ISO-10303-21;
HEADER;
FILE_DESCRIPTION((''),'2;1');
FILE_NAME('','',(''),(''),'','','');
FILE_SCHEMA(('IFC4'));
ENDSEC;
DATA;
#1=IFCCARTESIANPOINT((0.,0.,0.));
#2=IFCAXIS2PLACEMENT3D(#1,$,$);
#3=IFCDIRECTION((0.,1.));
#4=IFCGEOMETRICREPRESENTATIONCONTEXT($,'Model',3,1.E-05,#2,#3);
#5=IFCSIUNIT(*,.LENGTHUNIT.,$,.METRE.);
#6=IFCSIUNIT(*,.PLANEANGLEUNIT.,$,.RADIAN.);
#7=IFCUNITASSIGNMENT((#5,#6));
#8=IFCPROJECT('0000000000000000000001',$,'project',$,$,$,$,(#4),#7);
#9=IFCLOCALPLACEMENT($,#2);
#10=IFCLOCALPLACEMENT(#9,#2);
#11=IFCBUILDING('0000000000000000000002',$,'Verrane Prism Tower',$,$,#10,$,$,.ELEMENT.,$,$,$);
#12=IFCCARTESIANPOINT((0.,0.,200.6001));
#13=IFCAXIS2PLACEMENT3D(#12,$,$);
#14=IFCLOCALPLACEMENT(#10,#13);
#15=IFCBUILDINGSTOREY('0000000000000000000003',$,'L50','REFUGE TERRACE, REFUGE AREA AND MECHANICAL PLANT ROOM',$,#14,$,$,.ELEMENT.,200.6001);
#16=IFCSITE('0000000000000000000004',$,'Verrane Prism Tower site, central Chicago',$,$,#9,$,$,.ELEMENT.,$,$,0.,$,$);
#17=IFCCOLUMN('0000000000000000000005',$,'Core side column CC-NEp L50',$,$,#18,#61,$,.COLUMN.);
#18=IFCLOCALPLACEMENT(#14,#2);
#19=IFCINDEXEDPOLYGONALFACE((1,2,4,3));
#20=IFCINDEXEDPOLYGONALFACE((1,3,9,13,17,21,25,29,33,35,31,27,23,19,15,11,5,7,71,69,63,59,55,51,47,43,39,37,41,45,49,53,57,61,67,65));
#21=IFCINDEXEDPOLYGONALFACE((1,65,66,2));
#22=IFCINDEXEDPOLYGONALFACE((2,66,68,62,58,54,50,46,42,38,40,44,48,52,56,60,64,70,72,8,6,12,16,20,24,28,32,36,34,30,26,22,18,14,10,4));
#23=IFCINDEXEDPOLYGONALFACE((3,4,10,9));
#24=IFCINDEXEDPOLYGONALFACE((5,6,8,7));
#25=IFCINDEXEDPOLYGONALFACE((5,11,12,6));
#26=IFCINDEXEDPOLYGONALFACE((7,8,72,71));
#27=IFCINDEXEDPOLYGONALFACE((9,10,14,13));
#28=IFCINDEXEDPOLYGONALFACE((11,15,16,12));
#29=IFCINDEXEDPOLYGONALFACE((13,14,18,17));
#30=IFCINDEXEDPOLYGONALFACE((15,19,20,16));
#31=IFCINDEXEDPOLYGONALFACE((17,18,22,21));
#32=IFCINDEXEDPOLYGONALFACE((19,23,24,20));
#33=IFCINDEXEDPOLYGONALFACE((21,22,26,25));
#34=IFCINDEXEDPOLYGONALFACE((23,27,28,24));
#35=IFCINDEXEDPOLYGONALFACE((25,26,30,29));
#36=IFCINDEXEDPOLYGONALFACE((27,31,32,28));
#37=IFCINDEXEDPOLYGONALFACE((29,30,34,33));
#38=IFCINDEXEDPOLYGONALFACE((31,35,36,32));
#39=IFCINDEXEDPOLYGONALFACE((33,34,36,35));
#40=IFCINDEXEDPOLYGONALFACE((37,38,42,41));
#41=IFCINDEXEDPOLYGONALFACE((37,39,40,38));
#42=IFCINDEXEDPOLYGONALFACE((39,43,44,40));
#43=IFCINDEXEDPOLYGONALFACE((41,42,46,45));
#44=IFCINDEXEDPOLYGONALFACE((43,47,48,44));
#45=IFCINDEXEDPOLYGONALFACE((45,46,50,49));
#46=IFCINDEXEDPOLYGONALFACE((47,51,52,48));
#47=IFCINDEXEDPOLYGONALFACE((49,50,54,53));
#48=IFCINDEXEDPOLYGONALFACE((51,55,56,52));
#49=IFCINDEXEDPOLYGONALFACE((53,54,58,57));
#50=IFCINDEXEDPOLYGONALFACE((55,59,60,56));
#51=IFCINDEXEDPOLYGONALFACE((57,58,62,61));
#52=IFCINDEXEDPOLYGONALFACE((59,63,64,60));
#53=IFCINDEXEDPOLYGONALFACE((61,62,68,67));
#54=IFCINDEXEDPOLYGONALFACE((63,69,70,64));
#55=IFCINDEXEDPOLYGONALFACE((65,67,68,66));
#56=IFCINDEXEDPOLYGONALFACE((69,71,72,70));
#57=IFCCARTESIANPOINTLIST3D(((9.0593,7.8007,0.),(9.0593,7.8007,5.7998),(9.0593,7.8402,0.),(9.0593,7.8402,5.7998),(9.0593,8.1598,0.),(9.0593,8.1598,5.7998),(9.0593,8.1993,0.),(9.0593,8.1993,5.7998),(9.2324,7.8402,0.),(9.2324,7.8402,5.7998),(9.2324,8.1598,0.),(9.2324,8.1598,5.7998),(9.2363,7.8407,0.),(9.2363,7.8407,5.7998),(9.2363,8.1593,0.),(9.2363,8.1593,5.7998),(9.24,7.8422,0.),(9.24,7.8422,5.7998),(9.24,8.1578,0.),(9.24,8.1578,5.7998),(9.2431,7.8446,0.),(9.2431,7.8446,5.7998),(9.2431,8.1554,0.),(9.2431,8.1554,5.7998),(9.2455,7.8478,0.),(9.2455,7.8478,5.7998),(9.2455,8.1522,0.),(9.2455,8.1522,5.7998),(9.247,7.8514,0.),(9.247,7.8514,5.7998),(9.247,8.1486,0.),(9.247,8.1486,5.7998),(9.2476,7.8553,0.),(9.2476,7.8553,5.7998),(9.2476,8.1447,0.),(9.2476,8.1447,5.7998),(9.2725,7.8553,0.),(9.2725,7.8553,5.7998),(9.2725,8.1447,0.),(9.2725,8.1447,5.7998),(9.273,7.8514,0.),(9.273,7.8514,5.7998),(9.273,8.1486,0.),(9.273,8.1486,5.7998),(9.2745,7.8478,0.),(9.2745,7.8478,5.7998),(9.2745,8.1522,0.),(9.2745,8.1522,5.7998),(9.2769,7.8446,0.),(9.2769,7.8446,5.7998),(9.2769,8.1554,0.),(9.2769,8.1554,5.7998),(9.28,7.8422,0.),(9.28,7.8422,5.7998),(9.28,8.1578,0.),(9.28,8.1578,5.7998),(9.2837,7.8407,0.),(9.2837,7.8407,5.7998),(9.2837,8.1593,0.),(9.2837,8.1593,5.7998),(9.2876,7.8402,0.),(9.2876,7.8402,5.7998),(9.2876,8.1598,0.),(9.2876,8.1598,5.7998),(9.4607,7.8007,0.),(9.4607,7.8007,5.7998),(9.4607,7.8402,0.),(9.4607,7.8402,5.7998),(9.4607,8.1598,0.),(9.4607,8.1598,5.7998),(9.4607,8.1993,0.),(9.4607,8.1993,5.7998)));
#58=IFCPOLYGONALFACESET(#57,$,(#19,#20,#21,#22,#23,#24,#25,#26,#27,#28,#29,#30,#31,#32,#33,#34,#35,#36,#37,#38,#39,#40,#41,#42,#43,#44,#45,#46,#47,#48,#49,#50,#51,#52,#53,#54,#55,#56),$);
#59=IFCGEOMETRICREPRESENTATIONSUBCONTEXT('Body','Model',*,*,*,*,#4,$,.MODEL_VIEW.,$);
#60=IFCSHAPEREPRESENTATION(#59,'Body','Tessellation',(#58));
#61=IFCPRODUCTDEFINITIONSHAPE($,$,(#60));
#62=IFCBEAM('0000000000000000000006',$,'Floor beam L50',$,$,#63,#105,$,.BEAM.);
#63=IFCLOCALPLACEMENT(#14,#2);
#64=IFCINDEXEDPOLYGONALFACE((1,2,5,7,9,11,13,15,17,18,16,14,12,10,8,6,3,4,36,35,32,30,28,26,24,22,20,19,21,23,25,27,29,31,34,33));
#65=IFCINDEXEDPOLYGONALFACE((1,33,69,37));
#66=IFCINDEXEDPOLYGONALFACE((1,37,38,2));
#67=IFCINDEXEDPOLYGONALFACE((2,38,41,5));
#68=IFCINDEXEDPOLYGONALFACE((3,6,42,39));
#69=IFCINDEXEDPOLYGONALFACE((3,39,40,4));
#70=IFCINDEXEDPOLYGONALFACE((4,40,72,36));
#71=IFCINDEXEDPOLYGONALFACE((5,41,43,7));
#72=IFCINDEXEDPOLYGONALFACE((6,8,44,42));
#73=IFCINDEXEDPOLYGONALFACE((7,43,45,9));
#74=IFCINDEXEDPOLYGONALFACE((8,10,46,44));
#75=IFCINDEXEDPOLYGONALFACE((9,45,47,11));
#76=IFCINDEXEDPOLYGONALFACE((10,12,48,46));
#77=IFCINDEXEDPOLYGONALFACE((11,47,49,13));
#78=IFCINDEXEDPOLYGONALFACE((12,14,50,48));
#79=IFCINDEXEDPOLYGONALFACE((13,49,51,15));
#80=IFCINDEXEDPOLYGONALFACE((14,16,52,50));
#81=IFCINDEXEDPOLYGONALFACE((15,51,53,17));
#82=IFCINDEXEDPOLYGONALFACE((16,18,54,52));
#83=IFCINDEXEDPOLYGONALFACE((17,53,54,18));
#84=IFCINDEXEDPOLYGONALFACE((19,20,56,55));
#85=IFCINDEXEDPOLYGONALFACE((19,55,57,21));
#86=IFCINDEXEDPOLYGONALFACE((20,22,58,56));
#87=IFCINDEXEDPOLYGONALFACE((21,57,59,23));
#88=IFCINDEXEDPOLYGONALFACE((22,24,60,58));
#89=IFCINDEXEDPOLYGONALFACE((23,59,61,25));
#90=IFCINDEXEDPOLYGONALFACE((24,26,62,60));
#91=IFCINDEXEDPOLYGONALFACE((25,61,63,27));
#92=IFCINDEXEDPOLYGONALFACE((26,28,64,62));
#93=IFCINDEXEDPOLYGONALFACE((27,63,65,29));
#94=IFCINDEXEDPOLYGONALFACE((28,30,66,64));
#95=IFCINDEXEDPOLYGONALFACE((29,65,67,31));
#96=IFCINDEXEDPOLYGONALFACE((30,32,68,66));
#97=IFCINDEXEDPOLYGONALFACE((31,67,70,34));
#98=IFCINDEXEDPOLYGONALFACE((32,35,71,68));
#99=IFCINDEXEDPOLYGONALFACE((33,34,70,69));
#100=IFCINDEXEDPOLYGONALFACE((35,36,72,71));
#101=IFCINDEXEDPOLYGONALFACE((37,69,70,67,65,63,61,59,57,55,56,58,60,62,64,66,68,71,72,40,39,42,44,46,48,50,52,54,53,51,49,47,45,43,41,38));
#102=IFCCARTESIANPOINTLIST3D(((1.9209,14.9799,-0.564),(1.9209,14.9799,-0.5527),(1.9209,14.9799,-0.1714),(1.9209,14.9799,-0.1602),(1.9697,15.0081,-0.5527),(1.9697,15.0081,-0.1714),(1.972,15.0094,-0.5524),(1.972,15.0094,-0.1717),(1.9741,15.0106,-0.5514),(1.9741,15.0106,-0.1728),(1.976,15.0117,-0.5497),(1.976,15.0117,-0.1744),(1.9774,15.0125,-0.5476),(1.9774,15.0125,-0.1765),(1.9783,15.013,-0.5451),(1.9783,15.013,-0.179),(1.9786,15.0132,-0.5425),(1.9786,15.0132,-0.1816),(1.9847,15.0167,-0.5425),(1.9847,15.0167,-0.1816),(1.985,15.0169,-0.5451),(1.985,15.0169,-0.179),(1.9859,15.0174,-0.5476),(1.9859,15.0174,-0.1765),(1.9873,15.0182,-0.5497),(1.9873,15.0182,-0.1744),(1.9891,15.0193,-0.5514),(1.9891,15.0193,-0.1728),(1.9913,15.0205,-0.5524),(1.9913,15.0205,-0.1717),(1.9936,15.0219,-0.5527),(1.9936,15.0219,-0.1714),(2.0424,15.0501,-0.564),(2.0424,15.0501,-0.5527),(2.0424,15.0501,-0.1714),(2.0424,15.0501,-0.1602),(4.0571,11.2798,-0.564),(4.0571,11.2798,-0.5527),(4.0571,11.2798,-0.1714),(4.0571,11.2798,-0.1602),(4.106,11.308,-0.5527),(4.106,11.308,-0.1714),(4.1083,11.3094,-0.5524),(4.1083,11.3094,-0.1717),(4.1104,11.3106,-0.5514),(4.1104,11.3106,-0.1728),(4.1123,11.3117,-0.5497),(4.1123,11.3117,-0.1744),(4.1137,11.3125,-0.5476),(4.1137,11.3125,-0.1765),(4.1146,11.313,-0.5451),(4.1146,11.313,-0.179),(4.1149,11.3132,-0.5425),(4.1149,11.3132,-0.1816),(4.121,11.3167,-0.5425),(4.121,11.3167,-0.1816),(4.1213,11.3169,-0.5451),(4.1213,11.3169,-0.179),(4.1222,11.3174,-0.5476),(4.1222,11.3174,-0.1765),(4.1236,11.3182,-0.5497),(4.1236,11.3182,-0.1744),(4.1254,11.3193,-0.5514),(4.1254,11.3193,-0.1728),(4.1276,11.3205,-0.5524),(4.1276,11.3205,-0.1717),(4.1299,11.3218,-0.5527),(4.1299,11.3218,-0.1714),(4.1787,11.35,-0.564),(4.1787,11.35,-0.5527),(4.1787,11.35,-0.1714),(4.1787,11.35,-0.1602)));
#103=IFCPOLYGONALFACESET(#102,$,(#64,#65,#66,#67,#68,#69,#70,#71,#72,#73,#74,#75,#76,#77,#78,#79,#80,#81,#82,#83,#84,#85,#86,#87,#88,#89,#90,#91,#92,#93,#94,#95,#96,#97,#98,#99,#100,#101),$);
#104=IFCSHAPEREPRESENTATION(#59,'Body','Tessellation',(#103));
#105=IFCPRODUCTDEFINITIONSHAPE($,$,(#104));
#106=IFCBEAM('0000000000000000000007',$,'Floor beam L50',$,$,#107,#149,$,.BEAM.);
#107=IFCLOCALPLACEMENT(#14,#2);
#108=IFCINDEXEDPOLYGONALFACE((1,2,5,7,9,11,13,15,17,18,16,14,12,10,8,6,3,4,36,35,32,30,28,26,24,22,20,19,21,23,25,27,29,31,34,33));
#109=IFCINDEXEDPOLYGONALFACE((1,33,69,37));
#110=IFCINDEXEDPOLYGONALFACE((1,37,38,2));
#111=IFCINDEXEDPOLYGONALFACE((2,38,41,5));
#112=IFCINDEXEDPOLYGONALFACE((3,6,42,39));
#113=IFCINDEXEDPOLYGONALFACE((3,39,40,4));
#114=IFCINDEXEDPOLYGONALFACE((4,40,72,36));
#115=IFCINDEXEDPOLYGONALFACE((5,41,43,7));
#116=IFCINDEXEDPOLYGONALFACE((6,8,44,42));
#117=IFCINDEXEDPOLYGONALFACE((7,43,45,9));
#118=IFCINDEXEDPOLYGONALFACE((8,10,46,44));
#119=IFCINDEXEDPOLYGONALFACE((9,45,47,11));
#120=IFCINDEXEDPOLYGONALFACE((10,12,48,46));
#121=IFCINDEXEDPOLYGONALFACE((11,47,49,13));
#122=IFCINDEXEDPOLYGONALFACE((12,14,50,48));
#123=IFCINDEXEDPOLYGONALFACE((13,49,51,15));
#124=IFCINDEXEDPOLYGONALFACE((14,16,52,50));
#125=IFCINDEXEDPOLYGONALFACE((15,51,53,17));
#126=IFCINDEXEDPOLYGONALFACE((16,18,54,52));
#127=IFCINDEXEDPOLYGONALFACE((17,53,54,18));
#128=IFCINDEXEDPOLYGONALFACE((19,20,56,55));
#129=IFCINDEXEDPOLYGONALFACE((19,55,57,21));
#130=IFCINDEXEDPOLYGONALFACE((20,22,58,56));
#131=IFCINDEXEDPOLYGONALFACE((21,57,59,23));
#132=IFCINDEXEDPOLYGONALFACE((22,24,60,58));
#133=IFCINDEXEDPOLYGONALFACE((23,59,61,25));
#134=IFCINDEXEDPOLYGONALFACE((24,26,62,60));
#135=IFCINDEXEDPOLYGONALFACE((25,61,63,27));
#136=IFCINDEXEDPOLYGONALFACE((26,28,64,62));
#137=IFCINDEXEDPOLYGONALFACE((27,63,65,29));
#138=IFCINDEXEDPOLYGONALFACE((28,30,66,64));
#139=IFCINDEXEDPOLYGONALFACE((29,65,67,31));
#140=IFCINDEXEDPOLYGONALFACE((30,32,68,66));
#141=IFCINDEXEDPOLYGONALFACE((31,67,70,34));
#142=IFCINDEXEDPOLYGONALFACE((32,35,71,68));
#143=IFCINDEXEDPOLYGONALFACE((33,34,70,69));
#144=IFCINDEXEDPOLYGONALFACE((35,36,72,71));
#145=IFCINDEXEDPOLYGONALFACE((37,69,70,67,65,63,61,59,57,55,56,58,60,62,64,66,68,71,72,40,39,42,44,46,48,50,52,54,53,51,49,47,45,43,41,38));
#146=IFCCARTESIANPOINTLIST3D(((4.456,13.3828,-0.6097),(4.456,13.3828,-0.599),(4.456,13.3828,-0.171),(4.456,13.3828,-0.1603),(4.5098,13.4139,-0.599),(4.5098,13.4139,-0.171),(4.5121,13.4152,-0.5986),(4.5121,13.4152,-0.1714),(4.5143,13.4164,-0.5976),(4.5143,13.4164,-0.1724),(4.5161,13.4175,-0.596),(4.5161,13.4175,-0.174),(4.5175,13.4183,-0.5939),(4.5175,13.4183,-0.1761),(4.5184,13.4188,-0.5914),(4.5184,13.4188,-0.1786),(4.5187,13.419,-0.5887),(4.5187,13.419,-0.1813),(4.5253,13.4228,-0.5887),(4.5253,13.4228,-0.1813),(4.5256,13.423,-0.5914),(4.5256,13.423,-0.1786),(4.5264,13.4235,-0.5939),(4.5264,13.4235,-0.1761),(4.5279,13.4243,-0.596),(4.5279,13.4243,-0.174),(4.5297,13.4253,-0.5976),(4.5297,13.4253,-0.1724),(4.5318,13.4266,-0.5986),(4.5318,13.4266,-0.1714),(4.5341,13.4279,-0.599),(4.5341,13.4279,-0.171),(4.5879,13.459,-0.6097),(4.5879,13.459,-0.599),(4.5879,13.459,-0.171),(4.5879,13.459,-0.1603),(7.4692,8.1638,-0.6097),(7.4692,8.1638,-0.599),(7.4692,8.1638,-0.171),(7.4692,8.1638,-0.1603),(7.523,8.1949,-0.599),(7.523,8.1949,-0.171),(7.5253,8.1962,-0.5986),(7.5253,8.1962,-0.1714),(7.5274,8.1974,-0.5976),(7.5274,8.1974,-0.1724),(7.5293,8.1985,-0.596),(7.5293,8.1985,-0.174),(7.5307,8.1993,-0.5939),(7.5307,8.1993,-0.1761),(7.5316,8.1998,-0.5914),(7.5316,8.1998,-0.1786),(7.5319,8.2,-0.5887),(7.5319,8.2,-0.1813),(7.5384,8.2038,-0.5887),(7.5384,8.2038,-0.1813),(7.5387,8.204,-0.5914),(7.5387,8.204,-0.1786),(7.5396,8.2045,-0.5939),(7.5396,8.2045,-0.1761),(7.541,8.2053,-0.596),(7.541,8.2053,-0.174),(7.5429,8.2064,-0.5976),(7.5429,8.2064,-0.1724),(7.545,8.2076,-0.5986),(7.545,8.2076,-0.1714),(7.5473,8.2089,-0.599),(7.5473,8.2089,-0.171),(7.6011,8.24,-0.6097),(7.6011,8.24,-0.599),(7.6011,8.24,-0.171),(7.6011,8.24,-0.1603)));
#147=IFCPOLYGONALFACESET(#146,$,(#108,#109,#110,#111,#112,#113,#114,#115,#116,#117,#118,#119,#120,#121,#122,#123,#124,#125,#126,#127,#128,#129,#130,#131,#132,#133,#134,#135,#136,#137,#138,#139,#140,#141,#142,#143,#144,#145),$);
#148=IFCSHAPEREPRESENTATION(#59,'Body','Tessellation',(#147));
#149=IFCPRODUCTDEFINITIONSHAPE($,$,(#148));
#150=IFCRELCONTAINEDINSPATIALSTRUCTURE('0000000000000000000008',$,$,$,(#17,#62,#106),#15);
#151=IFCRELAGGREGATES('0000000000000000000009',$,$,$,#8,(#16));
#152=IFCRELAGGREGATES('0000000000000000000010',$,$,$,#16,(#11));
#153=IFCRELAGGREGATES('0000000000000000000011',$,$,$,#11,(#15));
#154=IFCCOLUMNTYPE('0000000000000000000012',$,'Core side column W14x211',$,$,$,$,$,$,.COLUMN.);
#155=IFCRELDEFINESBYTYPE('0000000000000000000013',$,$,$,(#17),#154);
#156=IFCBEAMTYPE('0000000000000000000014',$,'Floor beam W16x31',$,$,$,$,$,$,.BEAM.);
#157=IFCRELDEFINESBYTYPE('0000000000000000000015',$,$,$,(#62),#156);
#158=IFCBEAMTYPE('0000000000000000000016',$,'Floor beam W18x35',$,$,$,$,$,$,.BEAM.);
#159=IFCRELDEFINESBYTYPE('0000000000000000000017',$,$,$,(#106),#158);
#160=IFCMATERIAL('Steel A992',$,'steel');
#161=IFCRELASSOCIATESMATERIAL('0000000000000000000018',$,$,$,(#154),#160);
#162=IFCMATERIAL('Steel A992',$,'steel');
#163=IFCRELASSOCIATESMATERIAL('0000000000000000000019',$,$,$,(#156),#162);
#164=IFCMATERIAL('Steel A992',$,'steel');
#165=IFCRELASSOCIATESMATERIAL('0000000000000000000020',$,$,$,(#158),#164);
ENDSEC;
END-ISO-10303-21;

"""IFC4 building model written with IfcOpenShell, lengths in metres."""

from ifc_helpers import new_model, si_unit, direction, frame, origin, origin_2d, place, context, subcontext, project, spatial, i_section, extrude, material, material_profile, profile_set, type_object, element, save


model = new_model("IFC4")

# Units and contexts
model_context = context("Model", 3, precision=1e-05, world=origin(), true_north=direction((0.0, 1.0)))
body_context = subcontext(model_context, "Body", "Model", "MODEL_VIEW")
ifc_project = project(units=[si_unit("LENGTHUNIT", "METRE"), si_unit("PLANEANGLEUNIT", "RADIAN")], contexts=[model_context])

# Site, building, storey
site_placement = place(None, origin())
site = spatial("IfcSite", under=ifc_project, at=site_placement, Name="Verrane Prism Tower site, central Chicago", CompositionType="ELEMENT", RefElevation=0.0)
building_placement = place(site_placement, origin())
building = spatial("IfcBuilding", under=site, at=building_placement, Name="Verrane Prism Tower", CompositionType="ELEMENT")
storey_placement = place(building_placement, frame((0.0, 0.0, 200.6001)))
storey = spatial("IfcBuildingStorey", under=building, at=storey_placement, Name="L50", Description="REFUGE TERRACE, REFUGE AREA AND MECHANICAL PLANT ROOM", CompositionType="ELEMENT", Elevation=200.6001)

# Column
ifc_material_1 = material(Name="Steel A992", Category="steel")
ifc_material_profile_1 = material_profile(ifc_material_1, i_section(OverallWidth=0.4014, OverallDepth=0.3987, WebThickness=0.0249, FlangeThickness=0.0396, FilletRadius=0.0151, at=origin_2d()), Name="W14x211")
ifc_profile_set_1 = profile_set([ifc_material_profile_1], Name="Steel A992")
column_type = type_object("IfcColumnType", Name="Core side column W14x211", PredefinedType="COLUMN", material=ifc_profile_set_1)
column_placement = place(storey_placement, frame((9.26, 8.0, 0.0), z_axis=(0.0, 0.0, 1.0), x_axis=(1.0, 0.0, 0.0)))
element("IfcColumn", 1, at=column_placement, inside=storey, type_object=column_type, Name="Core side column CC-NEp L50", PredefinedType="COLUMN", context=body_context, shape_type="SweptSolid", body=[
    extrude(i_section(OverallWidth=0.4014, OverallDepth=0.3987, WebThickness=0.0249, FlangeThickness=0.0396, FilletRadius=0.0151, at=origin_2d()), origin(), (0.0, 0.0, 1.0), 5.7998),
])

# Beams
ifc_material_2 = material(Name="Steel A992", Category="steel")
ifc_material_profile_2 = material_profile(ifc_material_2, i_section(OverallWidth=0.1404, OverallDepth=0.4038, WebThickness=0.0071, FlangeThickness=0.0112, FilletRadius=0.0103, at=origin_2d()), Name="W16x31")
ifc_profile_set_2 = profile_set([ifc_material_profile_2], Name="Steel A992")
beam_type_1 = type_object("IfcBeamType", Name="Floor beam W16x31", PredefinedType="BEAM", material=ifc_profile_set_2)
beam_1_placement = place(storey_placement, frame((4.1179, 11.3149, -0.3621), z_axis=(-0.500011, 0.866019, 0.0), x_axis=(-0.866019, -0.500011, 0.0)))
element("IfcBeam", 2, at=beam_1_placement, inside=storey, type_object=beam_type_1, Name="Floor beam L50", PredefinedType="BEAM", context=body_context, shape_type="SweptSolid", body=[
    extrude(i_section(OverallWidth=0.1404, OverallDepth=0.4038, WebThickness=0.0071, FlangeThickness=0.0112, FilletRadius=0.0103, at=origin_2d()), origin(), (0.0, 0.0, 1.0), 4.2725),
])
ifc_material_3 = material(Name="Steel A992", Category="steel")
ifc_material_profile_3 = material_profile(ifc_material_3, i_section(OverallWidth=0.1523, OverallDepth=0.4495, WebThickness=0.0076, FlangeThickness=0.0107, FilletRadius=0.0103, at=origin_2d()), Name="W18x35")
ifc_profile_set_3 = profile_set([ifc_material_profile_3], Name="Steel A992")
beam_type_2 = type_object("IfcBeamType", Name="Floor beam W18x35", PredefinedType="BEAM", material=ifc_profile_set_3)
beam_2_placement = place(storey_placement, frame((7.5352, 8.2019, -0.385), z_axis=(-0.499999, 0.866026, 0.0), x_axis=(-0.866026, -0.499999, 0.0)))
element("IfcBeam", 3, at=beam_2_placement, inside=storey, type_object=beam_type_2, Name="Floor beam L50", PredefinedType="BEAM", context=body_context, shape_type="SweptSolid", body=[
    extrude(i_section(OverallWidth=0.1523, OverallDepth=0.4495, WebThickness=0.0076, FlangeThickness=0.0107, FilletRadius=0.0103, at=origin_2d()), origin(), (0.0, 0.0, 1.0), 6.0264),
])

save(model, "model.ifc")
